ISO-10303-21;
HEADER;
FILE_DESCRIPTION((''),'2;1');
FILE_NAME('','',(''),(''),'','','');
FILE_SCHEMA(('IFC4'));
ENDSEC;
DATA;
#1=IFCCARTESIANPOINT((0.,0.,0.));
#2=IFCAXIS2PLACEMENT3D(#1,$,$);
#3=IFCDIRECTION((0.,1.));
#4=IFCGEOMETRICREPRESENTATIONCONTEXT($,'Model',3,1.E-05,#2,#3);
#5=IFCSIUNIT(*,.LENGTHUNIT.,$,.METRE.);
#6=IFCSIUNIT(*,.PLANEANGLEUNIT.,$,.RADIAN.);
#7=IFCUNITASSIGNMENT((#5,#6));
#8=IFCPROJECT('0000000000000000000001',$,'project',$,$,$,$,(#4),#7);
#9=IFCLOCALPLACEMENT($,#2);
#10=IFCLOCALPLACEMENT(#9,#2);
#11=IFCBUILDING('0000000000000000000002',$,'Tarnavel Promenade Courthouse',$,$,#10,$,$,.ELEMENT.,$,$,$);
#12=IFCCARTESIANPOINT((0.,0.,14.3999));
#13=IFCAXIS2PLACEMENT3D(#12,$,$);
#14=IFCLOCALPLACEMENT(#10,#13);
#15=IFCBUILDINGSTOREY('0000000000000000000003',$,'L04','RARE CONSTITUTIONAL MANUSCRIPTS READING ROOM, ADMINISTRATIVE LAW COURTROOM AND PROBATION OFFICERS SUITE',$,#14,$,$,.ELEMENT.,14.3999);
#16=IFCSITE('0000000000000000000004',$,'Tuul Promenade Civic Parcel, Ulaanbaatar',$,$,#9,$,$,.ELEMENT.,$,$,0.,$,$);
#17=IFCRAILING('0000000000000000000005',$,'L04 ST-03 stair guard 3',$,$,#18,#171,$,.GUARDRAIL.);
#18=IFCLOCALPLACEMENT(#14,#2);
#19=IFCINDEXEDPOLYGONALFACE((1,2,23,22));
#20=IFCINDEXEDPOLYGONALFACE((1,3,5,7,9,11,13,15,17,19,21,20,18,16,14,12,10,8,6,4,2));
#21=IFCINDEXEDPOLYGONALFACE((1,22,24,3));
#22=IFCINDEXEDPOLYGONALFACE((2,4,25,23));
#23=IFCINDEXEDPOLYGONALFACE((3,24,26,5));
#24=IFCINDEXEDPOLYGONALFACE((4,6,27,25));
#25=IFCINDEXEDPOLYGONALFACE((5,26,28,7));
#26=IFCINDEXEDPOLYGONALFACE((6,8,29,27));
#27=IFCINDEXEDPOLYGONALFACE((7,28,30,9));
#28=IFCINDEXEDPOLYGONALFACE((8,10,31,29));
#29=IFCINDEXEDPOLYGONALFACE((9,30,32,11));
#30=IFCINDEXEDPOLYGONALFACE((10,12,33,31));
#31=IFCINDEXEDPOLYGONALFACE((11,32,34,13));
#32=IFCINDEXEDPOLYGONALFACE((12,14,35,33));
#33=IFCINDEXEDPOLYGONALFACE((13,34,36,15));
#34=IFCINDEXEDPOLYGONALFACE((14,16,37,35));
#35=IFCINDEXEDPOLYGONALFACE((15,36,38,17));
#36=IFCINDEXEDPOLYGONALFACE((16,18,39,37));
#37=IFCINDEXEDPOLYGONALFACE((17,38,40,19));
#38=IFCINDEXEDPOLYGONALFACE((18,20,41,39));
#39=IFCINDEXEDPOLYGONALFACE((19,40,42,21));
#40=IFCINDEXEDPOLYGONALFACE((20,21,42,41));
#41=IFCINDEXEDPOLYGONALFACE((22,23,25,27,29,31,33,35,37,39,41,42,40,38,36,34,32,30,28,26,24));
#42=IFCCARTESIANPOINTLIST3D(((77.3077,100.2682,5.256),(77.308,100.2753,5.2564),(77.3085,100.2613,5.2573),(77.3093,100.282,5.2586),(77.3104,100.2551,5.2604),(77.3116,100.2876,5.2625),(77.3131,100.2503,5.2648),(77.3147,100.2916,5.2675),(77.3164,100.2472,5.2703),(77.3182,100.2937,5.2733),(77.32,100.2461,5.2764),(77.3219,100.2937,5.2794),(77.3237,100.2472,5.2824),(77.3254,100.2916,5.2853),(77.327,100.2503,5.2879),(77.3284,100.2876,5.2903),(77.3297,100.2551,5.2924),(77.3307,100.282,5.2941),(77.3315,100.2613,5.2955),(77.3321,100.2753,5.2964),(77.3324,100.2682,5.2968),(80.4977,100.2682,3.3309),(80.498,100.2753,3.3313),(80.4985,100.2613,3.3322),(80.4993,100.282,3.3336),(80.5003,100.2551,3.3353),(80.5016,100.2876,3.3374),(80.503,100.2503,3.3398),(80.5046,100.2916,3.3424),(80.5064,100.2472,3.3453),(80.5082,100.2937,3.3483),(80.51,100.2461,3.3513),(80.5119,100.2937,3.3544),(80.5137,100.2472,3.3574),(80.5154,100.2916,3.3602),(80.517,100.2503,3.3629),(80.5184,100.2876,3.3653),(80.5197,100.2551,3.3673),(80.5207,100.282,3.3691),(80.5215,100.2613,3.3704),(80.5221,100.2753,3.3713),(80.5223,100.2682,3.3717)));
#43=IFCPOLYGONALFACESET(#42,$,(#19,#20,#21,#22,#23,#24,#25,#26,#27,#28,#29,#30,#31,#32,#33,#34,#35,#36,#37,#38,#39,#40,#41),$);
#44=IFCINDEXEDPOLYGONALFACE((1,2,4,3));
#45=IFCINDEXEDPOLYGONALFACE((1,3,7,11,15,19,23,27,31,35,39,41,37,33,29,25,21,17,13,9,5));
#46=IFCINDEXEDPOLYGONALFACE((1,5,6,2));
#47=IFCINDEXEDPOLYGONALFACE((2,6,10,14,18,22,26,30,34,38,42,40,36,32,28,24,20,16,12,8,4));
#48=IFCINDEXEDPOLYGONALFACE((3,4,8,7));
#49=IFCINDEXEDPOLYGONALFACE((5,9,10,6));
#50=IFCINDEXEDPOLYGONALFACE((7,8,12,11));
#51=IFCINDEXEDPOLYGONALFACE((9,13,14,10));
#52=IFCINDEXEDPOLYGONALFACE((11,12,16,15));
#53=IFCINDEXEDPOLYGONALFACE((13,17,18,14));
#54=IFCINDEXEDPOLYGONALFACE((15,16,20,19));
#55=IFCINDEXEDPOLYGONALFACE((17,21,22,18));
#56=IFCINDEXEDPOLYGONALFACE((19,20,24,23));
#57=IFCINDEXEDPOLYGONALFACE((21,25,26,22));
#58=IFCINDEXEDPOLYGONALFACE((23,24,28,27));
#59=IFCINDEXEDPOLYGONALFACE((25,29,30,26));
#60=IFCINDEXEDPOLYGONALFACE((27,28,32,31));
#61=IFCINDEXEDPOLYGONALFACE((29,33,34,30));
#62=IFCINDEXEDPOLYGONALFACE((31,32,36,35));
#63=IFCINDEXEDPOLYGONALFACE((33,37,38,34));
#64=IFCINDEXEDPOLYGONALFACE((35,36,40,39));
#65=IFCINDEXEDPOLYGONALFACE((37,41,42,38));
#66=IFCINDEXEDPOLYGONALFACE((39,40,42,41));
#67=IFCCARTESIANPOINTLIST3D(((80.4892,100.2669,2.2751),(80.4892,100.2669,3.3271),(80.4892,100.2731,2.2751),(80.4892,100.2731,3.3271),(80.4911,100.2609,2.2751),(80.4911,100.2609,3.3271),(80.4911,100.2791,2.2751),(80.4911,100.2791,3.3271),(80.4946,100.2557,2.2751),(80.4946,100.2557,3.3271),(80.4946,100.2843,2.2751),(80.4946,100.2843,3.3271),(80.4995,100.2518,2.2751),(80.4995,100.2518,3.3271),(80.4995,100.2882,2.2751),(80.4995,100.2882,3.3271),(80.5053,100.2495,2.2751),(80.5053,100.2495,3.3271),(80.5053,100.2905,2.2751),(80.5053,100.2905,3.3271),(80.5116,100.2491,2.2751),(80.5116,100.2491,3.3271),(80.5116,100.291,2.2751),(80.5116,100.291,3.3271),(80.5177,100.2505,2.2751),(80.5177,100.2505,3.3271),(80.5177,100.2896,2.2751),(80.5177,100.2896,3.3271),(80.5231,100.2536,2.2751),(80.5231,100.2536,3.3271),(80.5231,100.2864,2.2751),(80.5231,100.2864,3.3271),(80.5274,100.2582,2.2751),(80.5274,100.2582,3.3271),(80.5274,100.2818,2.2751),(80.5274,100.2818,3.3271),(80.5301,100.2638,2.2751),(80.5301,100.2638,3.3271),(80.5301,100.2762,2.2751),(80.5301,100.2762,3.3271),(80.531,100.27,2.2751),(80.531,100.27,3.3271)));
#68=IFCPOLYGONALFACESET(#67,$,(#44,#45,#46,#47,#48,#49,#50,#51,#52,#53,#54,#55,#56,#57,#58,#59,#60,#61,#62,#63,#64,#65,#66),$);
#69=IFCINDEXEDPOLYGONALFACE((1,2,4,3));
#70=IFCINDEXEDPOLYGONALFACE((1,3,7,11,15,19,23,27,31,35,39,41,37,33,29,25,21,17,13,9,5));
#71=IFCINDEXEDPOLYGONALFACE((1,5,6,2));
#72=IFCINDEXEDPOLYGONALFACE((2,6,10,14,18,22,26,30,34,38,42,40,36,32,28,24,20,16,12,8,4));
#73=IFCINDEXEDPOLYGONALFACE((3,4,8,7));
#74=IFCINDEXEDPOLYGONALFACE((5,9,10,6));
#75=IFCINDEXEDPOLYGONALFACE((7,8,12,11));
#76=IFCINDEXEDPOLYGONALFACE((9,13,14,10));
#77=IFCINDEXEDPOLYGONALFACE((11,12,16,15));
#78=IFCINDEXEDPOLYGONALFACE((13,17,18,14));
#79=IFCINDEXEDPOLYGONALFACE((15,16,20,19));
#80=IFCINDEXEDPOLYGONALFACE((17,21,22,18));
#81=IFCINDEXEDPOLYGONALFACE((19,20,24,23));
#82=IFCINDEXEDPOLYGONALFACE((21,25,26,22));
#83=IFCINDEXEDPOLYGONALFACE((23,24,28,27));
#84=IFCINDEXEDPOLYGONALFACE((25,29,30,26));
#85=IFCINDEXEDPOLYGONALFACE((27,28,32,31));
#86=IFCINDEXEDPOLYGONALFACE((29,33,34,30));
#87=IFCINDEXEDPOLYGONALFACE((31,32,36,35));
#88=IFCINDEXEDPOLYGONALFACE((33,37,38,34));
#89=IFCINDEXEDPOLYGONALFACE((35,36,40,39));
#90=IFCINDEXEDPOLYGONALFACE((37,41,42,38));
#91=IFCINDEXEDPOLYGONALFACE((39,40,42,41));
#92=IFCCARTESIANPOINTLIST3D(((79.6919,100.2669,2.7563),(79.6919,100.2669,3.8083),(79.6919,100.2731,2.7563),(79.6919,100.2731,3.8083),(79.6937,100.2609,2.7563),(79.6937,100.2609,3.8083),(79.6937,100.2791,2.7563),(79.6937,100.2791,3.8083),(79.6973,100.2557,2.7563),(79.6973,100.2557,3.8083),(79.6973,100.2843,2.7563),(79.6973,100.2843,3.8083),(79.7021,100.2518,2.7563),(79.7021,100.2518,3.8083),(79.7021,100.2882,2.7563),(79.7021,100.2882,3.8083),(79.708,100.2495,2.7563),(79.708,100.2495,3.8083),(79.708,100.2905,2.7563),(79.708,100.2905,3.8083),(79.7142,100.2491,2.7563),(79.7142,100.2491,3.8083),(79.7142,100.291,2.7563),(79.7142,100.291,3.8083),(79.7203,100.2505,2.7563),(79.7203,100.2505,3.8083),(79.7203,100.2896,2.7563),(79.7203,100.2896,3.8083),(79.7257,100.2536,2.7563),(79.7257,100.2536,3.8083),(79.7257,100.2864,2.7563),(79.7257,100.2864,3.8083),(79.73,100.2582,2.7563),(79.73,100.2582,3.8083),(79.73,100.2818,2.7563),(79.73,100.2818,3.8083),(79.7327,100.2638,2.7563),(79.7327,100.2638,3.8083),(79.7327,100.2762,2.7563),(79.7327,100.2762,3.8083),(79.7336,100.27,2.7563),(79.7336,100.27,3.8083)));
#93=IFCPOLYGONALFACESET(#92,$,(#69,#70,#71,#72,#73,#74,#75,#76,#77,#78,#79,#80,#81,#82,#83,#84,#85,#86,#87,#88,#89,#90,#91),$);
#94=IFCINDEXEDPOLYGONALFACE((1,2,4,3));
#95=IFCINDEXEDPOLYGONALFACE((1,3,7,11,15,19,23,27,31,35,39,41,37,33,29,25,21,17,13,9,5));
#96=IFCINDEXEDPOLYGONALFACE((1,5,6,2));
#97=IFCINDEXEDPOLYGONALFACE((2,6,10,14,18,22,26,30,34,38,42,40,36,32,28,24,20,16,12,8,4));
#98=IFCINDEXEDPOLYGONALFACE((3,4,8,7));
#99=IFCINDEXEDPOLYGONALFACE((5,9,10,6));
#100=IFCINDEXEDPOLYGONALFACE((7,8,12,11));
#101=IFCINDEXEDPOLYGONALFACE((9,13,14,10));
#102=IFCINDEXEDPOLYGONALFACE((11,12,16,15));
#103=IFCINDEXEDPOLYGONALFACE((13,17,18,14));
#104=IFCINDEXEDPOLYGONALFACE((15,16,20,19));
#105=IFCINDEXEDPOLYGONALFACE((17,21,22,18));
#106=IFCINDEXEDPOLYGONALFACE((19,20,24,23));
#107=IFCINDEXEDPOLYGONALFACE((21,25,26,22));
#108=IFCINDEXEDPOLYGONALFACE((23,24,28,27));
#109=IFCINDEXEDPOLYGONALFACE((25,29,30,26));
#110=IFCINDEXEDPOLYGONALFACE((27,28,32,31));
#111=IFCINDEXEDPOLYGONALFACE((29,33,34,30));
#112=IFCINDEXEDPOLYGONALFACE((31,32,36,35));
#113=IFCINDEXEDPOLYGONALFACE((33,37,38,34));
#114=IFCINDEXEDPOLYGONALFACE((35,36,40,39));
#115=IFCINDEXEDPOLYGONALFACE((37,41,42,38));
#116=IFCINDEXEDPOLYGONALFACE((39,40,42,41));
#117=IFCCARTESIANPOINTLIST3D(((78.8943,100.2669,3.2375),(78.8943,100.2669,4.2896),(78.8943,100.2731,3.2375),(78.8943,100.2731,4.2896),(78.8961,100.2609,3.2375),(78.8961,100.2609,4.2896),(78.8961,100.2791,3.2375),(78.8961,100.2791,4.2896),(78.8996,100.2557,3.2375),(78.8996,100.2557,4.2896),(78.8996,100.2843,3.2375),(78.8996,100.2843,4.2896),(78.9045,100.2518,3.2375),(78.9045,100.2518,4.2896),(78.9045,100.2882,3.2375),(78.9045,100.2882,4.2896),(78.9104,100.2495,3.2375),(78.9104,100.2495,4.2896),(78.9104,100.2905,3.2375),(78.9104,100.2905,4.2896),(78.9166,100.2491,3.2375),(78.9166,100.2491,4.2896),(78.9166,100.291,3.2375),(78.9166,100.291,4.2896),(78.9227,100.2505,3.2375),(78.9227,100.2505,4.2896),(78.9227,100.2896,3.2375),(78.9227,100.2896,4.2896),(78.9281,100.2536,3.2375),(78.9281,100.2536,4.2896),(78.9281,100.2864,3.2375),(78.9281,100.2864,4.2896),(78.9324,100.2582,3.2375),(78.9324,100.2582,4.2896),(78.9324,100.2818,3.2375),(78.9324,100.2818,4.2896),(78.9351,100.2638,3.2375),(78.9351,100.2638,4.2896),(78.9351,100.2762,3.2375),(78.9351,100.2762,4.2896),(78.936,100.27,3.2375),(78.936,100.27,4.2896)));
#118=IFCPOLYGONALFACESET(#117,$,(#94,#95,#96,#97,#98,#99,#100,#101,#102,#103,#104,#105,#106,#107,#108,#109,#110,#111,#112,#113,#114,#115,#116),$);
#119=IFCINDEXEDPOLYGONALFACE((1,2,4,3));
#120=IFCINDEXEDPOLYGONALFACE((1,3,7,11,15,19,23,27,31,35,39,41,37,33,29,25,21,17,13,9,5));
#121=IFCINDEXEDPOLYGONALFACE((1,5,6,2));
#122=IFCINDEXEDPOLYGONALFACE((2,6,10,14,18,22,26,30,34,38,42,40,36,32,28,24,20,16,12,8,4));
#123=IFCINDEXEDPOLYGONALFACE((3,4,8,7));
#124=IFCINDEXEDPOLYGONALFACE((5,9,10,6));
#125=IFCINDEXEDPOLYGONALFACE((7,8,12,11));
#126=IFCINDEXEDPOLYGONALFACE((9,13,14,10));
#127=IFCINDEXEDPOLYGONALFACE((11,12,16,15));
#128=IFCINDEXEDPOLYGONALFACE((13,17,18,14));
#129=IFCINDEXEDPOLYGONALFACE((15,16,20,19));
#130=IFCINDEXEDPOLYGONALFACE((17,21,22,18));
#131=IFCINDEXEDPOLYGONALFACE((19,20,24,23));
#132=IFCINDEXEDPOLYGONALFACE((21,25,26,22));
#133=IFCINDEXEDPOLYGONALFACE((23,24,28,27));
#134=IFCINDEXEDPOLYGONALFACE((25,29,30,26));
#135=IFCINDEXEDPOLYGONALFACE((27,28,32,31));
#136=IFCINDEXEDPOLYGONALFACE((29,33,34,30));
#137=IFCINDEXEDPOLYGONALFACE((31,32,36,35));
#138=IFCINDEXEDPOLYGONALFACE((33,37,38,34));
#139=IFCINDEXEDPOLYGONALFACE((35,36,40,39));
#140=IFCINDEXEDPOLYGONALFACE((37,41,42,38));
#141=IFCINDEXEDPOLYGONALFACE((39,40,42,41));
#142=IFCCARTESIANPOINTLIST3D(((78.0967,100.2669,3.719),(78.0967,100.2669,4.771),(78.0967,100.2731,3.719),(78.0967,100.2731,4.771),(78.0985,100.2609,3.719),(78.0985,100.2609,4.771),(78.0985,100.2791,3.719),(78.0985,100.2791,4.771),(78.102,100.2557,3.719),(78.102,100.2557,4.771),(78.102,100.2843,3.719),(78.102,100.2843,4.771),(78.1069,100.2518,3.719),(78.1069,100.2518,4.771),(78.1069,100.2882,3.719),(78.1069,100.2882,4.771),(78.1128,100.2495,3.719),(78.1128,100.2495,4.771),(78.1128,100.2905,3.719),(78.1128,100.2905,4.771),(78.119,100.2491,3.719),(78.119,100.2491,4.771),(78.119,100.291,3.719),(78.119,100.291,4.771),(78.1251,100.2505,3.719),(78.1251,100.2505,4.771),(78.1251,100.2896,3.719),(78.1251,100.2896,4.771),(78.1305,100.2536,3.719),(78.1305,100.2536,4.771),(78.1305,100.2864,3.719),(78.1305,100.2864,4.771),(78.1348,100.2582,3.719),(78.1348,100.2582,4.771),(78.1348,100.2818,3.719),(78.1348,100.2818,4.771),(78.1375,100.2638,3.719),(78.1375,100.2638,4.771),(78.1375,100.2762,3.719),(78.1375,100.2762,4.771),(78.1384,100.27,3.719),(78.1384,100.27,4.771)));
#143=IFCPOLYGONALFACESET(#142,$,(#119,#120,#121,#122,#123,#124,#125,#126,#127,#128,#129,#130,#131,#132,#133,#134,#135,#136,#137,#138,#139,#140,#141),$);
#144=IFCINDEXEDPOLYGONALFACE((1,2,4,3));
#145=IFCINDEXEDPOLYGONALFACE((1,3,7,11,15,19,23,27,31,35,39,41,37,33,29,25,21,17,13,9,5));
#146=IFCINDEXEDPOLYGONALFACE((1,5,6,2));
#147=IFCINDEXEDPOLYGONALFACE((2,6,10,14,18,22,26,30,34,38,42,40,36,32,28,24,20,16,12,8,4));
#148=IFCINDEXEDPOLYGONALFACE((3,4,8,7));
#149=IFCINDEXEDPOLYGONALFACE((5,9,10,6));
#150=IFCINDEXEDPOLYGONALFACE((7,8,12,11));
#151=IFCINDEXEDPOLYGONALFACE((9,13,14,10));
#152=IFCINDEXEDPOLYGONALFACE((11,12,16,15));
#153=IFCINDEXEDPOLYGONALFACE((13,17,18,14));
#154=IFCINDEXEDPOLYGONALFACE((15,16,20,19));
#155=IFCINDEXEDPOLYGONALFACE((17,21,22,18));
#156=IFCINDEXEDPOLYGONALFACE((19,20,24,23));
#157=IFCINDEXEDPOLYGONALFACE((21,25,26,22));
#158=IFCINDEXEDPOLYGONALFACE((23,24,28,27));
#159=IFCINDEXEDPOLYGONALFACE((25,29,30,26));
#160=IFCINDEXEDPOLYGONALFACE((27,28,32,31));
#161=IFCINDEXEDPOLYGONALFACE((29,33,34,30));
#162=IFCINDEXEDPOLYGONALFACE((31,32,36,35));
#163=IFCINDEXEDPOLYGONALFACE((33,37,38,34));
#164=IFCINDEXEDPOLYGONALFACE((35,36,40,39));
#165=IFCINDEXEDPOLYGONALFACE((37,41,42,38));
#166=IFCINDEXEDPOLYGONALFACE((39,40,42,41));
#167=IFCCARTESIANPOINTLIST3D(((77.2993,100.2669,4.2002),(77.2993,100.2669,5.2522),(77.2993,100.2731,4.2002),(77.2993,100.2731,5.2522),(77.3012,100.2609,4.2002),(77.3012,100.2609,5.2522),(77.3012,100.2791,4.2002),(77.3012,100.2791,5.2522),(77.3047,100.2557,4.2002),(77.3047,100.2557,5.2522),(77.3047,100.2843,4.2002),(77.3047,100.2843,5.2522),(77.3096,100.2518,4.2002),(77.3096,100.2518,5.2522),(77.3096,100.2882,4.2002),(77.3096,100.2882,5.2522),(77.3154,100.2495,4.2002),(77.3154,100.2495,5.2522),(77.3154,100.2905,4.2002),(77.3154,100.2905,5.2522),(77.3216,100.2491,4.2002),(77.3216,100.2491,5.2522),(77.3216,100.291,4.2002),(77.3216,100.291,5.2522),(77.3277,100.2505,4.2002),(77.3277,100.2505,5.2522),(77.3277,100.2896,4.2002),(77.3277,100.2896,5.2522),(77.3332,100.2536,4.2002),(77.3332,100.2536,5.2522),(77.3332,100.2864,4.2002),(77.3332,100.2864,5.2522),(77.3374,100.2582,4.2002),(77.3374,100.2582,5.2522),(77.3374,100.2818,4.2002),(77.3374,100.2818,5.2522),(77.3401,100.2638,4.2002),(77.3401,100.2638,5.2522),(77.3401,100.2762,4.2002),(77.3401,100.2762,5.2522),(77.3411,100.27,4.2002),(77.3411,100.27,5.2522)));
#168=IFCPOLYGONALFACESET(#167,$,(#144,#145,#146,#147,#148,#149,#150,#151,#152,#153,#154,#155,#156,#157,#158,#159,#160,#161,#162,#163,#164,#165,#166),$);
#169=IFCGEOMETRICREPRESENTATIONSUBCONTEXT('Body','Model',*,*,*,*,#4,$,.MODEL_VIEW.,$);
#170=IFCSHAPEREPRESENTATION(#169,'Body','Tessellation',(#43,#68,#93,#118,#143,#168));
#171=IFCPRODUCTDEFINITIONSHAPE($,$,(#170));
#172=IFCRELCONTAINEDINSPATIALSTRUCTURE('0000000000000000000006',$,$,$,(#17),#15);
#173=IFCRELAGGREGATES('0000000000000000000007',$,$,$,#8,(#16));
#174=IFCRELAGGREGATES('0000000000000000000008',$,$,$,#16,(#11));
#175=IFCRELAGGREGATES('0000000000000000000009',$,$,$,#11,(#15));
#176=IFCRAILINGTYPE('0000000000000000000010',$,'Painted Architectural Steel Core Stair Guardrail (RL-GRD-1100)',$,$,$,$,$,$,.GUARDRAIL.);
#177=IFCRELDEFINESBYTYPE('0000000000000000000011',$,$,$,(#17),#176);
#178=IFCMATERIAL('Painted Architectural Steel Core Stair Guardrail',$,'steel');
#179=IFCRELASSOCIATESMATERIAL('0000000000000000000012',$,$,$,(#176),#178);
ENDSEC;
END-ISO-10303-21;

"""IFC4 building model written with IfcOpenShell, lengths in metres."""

from ifc_helpers import new_model, si_unit, direction, frame, origin, origin_2d, place, context, subcontext, project, spatial, circle, extrude, material, type_object, element, save


model = new_model("IFC4")

# Units and contexts
model_context = context("Model", 3, precision=1e-05, world=origin(), true_north=direction((0.0, 1.0)))
body_context = subcontext(model_context, "Body", "Model", "MODEL_VIEW")
ifc_project = project(units=[si_unit("LENGTHUNIT", "METRE"), si_unit("PLANEANGLEUNIT", "RADIAN")], contexts=[model_context])

# Site, building, storey
site_placement = place(None, origin())
site = spatial("IfcSite", under=ifc_project, at=site_placement, Name="Tuul Promenade Civic Parcel, Ulaanbaatar", CompositionType="ELEMENT", RefElevation=0.0)
building_placement = place(site_placement, origin())
building = spatial("IfcBuilding", under=site, at=building_placement, Name="Tarnavel Promenade Courthouse", CompositionType="ELEMENT")
storey_placement = place(building_placement, frame((0.0, 0.0, 14.3999)))
storey = spatial("IfcBuildingStorey", under=building, at=storey_placement, Name="L04", Description="RARE CONSTITUTIONAL MANUSCRIPTS READING ROOM, ADMINISTRATIVE LAW COURTROOM AND PROBATION OFFICERS SUITE", CompositionType="ELEMENT", Elevation=14.3999)

# Railing
ifc_material_1 = material(Name="Painted Architectural Steel Core Stair Guardrail", Category="steel")
railing_type_1 = type_object("IfcRailingType", Name="Painted Architectural Steel Core Stair Guardrail (RL-GRD-1100)", PredefinedType="GUARDRAIL", material=ifc_material_1)
railing_1_placement = place(storey_placement, frame((80.51, 100.27, 2.2751)))
element("IfcRailing", 1, at=railing_1_placement, inside=storey, type_object=railing_type_1, Name="L04 ST-03 stair guard 3", PredefinedType="GUARDRAIL", context=body_context, shape_type="SweptSolid", body=[
    extrude(circle(Radius=0.0239, at=origin_2d()), frame((0.0, 0.0, 1.0762), z_axis=(-0.856178, 0.0, 0.516682), x_axis=(0.0, -1.0, 0.0)), (0.0, 0.0, 1.0), 3.7258),
    extrude(circle(Radius=0.021, at=origin_2d()), origin(), (0.0, 0.0, 1.0), 1.052),
    extrude(circle(Radius=0.021, at=origin_2d()), frame((-0.7974, 0.0, 0.4812)), (0.0, 0.0, 1.0), 1.052),
    extrude(circle(Radius=0.021, at=origin_2d()), frame((-1.595, 0.0, 0.9624)), (0.0, 0.0, 1.0), 1.052),
    extrude(circle(Radius=0.021, at=origin_2d()), frame((-2.3926, 0.0, 1.4438)), (0.0, 0.0, 1.0), 1.052),
    extrude(circle(Radius=0.021, at=origin_2d()), frame((-3.1899, 0.0, 1.925)), (0.0, 0.0, 1.0), 1.052),
])

save(model, "model.ifc")
